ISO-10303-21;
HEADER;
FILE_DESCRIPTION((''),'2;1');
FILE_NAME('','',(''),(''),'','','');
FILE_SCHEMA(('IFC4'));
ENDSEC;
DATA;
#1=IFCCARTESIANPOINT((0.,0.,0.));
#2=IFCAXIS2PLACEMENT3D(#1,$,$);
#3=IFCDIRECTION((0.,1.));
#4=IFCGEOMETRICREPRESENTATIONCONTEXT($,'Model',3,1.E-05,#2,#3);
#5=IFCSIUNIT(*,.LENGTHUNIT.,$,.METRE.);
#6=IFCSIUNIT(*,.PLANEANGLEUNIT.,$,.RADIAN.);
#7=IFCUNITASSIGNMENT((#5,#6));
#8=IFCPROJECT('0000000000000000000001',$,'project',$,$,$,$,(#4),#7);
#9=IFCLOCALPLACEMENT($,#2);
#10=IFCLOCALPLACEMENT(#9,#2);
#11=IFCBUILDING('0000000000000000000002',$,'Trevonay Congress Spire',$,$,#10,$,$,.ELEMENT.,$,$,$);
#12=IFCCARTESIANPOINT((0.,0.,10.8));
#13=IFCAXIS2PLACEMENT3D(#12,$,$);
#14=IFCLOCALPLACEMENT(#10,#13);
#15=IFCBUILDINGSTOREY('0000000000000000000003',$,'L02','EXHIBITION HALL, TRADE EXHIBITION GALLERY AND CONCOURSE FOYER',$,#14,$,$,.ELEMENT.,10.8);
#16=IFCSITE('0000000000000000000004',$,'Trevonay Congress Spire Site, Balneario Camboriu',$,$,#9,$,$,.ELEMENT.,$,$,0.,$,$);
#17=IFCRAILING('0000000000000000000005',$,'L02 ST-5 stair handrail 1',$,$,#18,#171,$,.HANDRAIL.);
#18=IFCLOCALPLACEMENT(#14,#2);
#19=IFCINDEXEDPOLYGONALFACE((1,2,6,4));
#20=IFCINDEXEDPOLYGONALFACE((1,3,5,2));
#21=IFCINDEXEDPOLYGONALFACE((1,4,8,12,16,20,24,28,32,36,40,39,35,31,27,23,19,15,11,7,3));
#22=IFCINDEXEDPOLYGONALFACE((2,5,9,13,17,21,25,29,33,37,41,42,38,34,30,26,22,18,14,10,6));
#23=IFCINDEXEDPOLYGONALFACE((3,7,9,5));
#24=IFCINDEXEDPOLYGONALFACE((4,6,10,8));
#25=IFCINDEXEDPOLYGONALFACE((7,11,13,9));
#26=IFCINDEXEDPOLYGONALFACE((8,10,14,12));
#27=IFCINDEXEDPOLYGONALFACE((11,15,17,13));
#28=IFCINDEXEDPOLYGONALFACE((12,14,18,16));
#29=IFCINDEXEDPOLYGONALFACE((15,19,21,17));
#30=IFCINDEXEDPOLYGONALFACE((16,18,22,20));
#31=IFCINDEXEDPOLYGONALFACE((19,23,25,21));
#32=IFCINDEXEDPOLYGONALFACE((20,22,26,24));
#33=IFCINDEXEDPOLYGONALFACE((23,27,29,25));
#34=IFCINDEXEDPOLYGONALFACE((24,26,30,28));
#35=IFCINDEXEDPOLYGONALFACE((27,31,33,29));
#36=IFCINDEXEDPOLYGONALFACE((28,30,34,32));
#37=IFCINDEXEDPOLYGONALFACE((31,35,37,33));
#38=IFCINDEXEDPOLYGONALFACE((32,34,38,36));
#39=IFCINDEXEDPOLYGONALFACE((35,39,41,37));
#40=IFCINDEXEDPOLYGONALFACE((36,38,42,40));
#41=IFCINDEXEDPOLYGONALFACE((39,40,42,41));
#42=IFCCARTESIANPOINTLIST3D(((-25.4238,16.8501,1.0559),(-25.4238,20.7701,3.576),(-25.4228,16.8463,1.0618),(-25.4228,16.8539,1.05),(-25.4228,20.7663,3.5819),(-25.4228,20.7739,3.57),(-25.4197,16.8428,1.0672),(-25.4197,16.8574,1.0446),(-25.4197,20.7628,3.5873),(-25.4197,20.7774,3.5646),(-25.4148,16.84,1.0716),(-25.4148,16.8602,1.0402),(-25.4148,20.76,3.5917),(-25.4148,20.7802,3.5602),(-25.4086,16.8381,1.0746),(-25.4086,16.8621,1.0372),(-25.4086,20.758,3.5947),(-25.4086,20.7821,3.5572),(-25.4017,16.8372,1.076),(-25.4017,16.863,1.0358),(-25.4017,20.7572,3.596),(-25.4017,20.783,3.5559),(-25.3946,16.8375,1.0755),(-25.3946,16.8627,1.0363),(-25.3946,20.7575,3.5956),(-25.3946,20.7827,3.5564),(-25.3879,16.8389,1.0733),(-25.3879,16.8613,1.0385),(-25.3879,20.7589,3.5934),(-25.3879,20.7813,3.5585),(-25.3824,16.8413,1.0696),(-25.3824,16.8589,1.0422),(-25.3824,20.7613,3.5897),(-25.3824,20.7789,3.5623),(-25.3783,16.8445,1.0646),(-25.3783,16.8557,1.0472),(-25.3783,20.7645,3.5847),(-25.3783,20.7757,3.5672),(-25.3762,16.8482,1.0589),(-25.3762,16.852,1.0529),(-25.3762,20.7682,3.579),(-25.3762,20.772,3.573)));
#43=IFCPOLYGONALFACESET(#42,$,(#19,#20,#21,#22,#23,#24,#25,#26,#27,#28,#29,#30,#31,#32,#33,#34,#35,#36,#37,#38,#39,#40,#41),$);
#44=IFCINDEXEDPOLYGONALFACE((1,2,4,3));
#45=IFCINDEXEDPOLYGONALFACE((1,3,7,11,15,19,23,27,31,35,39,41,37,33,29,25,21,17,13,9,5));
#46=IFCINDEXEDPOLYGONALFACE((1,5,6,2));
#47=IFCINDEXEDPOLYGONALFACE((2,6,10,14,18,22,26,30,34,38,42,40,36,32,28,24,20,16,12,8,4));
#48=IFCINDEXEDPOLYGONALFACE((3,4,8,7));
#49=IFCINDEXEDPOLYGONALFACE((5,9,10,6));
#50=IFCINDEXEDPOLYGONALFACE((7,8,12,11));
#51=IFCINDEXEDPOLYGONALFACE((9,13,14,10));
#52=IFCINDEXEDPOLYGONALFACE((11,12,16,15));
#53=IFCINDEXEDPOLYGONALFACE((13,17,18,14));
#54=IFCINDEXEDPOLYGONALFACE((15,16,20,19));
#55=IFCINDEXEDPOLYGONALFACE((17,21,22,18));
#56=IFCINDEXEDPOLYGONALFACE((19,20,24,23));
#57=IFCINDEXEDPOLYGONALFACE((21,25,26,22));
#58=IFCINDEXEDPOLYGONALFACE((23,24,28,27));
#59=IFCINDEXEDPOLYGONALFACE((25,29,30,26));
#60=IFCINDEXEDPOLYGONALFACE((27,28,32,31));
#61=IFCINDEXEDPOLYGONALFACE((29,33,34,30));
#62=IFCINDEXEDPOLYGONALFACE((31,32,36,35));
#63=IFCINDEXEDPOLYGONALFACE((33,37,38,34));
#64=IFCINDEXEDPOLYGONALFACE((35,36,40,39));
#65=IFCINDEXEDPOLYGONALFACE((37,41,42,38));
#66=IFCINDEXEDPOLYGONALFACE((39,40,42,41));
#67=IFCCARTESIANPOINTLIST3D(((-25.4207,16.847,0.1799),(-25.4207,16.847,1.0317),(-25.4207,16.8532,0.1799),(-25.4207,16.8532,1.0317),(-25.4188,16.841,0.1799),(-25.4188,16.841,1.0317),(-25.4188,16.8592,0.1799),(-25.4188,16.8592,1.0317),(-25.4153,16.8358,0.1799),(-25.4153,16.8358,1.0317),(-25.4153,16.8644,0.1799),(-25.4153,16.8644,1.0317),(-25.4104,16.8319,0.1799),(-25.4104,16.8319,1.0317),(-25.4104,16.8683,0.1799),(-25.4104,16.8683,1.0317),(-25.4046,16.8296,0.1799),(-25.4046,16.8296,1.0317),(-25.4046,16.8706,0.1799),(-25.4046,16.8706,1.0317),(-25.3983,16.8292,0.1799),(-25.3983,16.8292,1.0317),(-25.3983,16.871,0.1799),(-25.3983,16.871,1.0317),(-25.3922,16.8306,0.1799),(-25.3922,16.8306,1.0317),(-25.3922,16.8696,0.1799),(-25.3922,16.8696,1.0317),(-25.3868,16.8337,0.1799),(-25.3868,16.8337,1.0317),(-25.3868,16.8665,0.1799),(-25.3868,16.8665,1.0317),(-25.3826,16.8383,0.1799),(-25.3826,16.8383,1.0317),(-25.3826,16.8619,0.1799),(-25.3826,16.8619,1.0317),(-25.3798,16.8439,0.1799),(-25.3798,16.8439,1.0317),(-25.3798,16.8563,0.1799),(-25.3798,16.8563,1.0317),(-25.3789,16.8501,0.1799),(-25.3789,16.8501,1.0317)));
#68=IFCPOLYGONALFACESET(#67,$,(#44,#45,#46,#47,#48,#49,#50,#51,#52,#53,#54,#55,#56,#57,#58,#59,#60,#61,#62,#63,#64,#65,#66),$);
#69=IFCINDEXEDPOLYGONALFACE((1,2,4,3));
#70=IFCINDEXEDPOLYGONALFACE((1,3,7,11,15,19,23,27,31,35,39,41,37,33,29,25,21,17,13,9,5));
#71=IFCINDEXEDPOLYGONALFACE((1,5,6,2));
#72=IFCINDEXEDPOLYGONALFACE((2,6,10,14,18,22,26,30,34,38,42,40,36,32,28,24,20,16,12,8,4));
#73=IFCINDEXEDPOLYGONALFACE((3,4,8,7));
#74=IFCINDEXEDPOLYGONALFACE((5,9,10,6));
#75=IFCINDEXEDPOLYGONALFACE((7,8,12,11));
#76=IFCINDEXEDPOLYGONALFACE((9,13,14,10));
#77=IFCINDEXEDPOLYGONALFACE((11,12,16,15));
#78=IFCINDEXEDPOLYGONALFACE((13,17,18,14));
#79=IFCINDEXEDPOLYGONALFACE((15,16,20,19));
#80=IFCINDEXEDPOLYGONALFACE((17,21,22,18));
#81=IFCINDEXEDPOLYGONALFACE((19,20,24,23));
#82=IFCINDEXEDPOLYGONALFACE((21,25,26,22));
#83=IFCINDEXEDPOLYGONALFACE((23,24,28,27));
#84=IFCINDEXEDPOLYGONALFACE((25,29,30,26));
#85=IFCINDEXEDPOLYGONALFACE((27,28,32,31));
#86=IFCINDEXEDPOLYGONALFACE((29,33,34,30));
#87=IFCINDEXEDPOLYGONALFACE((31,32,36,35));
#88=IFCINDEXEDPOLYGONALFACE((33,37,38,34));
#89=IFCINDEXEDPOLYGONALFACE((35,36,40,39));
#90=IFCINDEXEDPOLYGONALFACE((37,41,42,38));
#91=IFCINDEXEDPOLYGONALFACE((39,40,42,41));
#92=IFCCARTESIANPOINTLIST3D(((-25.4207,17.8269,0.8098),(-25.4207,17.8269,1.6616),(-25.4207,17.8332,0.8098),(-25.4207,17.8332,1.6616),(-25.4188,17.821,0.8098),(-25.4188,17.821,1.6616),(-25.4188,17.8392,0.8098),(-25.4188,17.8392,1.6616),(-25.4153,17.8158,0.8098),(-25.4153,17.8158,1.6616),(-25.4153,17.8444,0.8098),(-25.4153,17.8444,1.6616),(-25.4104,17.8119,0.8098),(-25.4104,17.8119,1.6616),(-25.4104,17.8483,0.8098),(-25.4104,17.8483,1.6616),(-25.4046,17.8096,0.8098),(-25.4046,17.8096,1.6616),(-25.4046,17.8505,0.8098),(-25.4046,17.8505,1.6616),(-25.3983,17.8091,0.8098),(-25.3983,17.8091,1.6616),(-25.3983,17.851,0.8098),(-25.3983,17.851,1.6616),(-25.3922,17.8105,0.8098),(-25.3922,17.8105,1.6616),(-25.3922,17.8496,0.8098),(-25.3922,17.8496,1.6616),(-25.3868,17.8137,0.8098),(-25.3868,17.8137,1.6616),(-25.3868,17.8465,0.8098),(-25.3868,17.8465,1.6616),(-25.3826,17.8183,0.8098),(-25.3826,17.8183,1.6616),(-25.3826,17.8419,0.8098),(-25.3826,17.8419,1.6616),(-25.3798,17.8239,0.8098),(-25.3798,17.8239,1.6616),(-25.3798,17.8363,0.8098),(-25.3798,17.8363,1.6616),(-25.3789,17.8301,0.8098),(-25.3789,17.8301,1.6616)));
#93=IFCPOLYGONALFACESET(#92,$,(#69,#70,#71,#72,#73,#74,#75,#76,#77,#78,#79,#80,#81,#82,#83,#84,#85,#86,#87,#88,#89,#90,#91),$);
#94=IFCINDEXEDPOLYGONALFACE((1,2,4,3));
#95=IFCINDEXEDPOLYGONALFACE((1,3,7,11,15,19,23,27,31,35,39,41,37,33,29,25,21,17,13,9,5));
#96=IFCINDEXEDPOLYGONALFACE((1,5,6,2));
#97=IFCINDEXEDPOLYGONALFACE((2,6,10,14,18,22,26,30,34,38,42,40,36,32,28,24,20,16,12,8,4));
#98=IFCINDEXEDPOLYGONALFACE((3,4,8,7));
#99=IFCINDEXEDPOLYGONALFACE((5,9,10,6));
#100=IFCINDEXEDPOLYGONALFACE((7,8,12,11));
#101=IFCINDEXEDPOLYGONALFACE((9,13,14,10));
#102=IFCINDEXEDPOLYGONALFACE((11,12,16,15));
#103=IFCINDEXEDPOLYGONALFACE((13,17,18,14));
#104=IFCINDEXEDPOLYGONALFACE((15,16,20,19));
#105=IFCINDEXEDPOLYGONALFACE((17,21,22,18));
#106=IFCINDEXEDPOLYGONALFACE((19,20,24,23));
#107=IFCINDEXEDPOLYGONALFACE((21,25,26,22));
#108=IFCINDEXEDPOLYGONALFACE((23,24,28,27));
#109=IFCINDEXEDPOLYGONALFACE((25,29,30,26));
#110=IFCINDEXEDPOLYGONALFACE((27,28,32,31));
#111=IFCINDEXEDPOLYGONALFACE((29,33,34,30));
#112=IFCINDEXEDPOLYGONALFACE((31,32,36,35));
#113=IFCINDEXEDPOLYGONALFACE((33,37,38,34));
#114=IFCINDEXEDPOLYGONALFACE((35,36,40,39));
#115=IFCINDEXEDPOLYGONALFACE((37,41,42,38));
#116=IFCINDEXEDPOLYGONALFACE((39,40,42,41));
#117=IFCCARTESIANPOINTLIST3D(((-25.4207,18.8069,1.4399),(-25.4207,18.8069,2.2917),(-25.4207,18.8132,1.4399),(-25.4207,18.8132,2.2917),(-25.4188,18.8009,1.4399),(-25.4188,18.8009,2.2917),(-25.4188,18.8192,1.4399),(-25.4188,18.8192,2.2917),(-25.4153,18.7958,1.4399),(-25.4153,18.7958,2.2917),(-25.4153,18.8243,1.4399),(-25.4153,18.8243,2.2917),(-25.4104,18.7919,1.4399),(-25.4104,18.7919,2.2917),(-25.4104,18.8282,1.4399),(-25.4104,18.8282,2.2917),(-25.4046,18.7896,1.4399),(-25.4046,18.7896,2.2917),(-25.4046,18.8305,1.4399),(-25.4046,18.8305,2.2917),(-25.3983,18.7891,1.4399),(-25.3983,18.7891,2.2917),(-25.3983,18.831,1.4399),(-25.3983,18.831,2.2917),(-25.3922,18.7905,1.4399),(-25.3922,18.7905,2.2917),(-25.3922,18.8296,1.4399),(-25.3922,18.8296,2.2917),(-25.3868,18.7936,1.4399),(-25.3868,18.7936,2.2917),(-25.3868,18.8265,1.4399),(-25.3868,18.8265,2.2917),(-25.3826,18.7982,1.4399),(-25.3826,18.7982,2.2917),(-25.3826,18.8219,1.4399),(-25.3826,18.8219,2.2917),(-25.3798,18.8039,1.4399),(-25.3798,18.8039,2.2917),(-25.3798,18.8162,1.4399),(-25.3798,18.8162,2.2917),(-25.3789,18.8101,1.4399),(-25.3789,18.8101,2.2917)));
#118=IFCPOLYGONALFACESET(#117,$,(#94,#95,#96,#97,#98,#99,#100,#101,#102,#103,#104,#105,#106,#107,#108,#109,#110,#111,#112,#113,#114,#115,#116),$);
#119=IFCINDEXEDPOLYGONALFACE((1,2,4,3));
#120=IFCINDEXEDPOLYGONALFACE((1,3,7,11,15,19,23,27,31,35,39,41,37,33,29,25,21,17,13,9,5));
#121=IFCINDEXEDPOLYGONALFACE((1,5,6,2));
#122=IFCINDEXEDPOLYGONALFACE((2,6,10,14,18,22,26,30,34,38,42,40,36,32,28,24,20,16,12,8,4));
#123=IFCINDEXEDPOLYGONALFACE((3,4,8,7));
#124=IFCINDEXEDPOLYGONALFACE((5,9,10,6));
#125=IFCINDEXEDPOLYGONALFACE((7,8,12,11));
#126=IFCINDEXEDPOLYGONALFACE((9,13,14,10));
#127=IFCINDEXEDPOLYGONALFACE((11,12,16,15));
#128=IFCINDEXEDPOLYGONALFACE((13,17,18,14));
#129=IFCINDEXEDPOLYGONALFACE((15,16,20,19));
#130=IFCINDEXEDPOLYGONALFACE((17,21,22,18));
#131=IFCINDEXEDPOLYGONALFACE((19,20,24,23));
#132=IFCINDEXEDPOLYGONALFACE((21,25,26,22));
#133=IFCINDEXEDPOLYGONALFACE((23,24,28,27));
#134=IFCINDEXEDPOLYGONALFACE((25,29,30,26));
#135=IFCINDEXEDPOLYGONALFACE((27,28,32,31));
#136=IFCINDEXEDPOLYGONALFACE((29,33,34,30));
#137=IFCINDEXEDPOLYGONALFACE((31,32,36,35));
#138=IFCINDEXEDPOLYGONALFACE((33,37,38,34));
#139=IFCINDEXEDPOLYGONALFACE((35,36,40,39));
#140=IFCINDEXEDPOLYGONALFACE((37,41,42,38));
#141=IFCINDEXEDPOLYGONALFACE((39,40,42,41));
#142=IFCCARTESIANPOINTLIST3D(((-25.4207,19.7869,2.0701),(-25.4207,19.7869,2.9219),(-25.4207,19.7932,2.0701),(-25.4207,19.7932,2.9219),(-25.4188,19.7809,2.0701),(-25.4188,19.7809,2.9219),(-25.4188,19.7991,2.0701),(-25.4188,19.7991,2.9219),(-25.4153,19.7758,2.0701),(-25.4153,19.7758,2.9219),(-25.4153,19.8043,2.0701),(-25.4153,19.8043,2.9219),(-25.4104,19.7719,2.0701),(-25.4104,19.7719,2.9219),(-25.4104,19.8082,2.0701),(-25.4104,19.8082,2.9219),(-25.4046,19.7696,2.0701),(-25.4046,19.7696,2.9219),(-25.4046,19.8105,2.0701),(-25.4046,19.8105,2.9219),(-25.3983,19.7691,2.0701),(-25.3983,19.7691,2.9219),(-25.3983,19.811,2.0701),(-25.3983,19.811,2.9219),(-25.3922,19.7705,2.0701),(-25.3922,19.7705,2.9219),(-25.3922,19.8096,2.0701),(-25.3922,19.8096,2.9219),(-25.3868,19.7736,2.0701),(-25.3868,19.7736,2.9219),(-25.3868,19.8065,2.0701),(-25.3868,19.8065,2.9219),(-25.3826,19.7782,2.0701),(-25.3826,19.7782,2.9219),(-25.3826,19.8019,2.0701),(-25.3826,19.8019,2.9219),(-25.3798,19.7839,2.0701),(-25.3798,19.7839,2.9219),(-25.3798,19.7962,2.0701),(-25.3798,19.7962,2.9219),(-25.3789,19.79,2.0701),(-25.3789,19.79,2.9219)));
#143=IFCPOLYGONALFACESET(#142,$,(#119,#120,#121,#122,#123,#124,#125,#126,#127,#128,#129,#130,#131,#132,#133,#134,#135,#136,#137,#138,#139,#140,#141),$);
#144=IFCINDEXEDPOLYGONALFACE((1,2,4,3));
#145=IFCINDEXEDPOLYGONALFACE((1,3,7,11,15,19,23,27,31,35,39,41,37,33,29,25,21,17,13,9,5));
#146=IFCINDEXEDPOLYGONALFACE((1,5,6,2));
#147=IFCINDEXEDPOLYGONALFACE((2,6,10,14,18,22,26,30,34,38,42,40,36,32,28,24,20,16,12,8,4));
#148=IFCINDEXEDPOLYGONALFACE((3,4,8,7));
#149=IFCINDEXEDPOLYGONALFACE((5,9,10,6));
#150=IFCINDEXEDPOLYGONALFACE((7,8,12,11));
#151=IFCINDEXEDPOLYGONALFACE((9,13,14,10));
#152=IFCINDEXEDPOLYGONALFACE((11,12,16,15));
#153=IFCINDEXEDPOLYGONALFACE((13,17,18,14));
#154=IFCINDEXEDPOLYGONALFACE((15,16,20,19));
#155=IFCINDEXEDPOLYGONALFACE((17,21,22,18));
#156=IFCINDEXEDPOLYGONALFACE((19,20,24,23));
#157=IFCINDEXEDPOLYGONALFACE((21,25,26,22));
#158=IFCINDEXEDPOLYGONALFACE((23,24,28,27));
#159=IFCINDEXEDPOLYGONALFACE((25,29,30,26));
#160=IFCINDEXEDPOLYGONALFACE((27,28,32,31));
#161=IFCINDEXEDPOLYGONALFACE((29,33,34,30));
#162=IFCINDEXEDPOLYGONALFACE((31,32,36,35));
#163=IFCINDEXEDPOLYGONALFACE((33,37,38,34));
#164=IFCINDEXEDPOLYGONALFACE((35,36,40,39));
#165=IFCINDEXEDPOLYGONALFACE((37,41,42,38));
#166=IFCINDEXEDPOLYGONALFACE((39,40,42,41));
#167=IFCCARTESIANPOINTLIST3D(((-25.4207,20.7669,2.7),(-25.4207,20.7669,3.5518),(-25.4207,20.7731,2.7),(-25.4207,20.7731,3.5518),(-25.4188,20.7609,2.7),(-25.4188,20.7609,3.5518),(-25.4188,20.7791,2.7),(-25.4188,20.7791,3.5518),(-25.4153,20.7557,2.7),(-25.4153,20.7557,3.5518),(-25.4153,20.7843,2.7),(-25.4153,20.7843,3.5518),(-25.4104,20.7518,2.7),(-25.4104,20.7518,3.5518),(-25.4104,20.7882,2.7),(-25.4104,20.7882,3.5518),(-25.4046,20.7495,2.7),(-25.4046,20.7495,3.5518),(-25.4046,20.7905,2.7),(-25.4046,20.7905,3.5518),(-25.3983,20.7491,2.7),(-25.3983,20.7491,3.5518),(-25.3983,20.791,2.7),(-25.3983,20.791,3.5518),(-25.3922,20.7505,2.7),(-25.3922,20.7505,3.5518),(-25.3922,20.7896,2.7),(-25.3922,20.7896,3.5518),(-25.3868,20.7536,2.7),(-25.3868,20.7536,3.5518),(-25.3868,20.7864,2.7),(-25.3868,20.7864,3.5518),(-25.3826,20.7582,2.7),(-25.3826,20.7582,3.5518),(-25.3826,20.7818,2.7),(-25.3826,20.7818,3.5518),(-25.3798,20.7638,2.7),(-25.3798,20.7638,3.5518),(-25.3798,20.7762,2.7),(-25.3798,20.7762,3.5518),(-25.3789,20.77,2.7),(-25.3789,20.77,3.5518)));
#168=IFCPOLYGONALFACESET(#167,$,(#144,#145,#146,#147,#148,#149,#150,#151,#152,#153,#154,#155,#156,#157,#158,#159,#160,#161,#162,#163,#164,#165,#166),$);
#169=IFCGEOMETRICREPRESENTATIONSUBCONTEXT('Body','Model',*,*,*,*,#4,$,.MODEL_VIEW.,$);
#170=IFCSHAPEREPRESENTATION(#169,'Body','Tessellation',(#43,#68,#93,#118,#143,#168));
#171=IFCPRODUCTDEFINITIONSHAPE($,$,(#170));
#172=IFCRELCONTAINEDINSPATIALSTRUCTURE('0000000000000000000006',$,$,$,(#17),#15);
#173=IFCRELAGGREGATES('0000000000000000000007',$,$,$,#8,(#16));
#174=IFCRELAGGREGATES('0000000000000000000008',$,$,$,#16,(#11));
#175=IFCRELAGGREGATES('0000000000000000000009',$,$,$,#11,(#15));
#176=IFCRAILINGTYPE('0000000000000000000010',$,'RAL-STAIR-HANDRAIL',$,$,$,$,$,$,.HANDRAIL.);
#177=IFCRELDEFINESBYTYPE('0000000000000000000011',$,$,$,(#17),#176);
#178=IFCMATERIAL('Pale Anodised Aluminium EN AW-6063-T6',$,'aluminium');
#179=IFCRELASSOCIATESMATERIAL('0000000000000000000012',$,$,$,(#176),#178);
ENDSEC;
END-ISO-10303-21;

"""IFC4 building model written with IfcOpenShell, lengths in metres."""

from ifc_helpers import new_model, si_unit, direction, frame, origin, origin_2d, place, context, subcontext, project, spatial, circle, extrude, material, type_object, element, save


model = new_model("IFC4")

# Units and contexts
model_context = context("Model", 3, precision=1e-05, world=origin(), true_north=direction((0.0, 1.0)))
body_context = subcontext(model_context, "Body", "Model", "MODEL_VIEW")
ifc_project = project(units=[si_unit("LENGTHUNIT", "METRE"), si_unit("PLANEANGLEUNIT", "RADIAN")], contexts=[model_context])

# Site, building, storey
site_placement = place(None, origin())
site = spatial("IfcSite", under=ifc_project, at=site_placement, Name="Trevonay Congress Spire Site, Balneario Camboriu", CompositionType="ELEMENT", RefElevation=0.0)
building_placement = place(site_placement, origin())
building = spatial("IfcBuilding", under=site, at=building_placement, Name="Trevonay Congress Spire", CompositionType="ELEMENT")
storey_placement = place(building_placement, frame((0.0, 0.0, 10.8)))
storey = spatial("IfcBuildingStorey", under=building, at=storey_placement, Name="L02", Description="EXHIBITION HALL, TRADE EXHIBITION GALLERY AND CONCOURSE FOYER", CompositionType="ELEMENT", Elevation=10.8)

# Shared definitions
ifc_material_1 = material(Name="Pale Anodised Aluminium EN AW-6063-T6", Category="aluminium")

# Railing
railing_type_1 = type_object("IfcRailingType", Name="RAL-STAIR-HANDRAIL", PredefinedType="HANDRAIL", material=ifc_material_1)
railing_1_placement = place(storey_placement, frame((-25.3999, 16.8501, 0.1799)))
element("IfcRailing", 1, at=railing_1_placement, inside=storey, type_object=railing_type_1, Name="L02 ST-5 stair handrail 1", PredefinedType="HANDRAIL", context=body_context, shape_type="SweptSolid", body=[
    extrude(circle(Radius=0.0239, at=origin_2d()), frame((0.0, 0.0, 0.876), z_axis=(0.0, 0.841172, 0.540768), x_axis=(-1.0, 0.0, 0.0)), (0.0, 0.0, 1.0), 4.6602),
    extrude(circle(Radius=0.021, at=origin_2d()), origin(), (0.0, 0.0, 1.0), 0.8518),
    extrude(circle(Radius=0.021, at=origin_2d()), frame((0.0, 0.98, 0.6299)), (0.0, 0.0, 1.0), 0.8518),
    extrude(circle(Radius=0.021, at=origin_2d()), frame((0.0, 1.96, 1.26)), (0.0, 0.0, 1.0), 0.8518),
    extrude(circle(Radius=0.021, at=origin_2d()), frame((0.0, 2.9399, 1.8901)), (0.0, 0.0, 1.0), 0.8518),
    extrude(circle(Radius=0.021, at=origin_2d()), frame((0.0, 3.9199, 2.52)), (0.0, 0.0, 1.0), 0.8518),
])

save(model, "model.ifc")
